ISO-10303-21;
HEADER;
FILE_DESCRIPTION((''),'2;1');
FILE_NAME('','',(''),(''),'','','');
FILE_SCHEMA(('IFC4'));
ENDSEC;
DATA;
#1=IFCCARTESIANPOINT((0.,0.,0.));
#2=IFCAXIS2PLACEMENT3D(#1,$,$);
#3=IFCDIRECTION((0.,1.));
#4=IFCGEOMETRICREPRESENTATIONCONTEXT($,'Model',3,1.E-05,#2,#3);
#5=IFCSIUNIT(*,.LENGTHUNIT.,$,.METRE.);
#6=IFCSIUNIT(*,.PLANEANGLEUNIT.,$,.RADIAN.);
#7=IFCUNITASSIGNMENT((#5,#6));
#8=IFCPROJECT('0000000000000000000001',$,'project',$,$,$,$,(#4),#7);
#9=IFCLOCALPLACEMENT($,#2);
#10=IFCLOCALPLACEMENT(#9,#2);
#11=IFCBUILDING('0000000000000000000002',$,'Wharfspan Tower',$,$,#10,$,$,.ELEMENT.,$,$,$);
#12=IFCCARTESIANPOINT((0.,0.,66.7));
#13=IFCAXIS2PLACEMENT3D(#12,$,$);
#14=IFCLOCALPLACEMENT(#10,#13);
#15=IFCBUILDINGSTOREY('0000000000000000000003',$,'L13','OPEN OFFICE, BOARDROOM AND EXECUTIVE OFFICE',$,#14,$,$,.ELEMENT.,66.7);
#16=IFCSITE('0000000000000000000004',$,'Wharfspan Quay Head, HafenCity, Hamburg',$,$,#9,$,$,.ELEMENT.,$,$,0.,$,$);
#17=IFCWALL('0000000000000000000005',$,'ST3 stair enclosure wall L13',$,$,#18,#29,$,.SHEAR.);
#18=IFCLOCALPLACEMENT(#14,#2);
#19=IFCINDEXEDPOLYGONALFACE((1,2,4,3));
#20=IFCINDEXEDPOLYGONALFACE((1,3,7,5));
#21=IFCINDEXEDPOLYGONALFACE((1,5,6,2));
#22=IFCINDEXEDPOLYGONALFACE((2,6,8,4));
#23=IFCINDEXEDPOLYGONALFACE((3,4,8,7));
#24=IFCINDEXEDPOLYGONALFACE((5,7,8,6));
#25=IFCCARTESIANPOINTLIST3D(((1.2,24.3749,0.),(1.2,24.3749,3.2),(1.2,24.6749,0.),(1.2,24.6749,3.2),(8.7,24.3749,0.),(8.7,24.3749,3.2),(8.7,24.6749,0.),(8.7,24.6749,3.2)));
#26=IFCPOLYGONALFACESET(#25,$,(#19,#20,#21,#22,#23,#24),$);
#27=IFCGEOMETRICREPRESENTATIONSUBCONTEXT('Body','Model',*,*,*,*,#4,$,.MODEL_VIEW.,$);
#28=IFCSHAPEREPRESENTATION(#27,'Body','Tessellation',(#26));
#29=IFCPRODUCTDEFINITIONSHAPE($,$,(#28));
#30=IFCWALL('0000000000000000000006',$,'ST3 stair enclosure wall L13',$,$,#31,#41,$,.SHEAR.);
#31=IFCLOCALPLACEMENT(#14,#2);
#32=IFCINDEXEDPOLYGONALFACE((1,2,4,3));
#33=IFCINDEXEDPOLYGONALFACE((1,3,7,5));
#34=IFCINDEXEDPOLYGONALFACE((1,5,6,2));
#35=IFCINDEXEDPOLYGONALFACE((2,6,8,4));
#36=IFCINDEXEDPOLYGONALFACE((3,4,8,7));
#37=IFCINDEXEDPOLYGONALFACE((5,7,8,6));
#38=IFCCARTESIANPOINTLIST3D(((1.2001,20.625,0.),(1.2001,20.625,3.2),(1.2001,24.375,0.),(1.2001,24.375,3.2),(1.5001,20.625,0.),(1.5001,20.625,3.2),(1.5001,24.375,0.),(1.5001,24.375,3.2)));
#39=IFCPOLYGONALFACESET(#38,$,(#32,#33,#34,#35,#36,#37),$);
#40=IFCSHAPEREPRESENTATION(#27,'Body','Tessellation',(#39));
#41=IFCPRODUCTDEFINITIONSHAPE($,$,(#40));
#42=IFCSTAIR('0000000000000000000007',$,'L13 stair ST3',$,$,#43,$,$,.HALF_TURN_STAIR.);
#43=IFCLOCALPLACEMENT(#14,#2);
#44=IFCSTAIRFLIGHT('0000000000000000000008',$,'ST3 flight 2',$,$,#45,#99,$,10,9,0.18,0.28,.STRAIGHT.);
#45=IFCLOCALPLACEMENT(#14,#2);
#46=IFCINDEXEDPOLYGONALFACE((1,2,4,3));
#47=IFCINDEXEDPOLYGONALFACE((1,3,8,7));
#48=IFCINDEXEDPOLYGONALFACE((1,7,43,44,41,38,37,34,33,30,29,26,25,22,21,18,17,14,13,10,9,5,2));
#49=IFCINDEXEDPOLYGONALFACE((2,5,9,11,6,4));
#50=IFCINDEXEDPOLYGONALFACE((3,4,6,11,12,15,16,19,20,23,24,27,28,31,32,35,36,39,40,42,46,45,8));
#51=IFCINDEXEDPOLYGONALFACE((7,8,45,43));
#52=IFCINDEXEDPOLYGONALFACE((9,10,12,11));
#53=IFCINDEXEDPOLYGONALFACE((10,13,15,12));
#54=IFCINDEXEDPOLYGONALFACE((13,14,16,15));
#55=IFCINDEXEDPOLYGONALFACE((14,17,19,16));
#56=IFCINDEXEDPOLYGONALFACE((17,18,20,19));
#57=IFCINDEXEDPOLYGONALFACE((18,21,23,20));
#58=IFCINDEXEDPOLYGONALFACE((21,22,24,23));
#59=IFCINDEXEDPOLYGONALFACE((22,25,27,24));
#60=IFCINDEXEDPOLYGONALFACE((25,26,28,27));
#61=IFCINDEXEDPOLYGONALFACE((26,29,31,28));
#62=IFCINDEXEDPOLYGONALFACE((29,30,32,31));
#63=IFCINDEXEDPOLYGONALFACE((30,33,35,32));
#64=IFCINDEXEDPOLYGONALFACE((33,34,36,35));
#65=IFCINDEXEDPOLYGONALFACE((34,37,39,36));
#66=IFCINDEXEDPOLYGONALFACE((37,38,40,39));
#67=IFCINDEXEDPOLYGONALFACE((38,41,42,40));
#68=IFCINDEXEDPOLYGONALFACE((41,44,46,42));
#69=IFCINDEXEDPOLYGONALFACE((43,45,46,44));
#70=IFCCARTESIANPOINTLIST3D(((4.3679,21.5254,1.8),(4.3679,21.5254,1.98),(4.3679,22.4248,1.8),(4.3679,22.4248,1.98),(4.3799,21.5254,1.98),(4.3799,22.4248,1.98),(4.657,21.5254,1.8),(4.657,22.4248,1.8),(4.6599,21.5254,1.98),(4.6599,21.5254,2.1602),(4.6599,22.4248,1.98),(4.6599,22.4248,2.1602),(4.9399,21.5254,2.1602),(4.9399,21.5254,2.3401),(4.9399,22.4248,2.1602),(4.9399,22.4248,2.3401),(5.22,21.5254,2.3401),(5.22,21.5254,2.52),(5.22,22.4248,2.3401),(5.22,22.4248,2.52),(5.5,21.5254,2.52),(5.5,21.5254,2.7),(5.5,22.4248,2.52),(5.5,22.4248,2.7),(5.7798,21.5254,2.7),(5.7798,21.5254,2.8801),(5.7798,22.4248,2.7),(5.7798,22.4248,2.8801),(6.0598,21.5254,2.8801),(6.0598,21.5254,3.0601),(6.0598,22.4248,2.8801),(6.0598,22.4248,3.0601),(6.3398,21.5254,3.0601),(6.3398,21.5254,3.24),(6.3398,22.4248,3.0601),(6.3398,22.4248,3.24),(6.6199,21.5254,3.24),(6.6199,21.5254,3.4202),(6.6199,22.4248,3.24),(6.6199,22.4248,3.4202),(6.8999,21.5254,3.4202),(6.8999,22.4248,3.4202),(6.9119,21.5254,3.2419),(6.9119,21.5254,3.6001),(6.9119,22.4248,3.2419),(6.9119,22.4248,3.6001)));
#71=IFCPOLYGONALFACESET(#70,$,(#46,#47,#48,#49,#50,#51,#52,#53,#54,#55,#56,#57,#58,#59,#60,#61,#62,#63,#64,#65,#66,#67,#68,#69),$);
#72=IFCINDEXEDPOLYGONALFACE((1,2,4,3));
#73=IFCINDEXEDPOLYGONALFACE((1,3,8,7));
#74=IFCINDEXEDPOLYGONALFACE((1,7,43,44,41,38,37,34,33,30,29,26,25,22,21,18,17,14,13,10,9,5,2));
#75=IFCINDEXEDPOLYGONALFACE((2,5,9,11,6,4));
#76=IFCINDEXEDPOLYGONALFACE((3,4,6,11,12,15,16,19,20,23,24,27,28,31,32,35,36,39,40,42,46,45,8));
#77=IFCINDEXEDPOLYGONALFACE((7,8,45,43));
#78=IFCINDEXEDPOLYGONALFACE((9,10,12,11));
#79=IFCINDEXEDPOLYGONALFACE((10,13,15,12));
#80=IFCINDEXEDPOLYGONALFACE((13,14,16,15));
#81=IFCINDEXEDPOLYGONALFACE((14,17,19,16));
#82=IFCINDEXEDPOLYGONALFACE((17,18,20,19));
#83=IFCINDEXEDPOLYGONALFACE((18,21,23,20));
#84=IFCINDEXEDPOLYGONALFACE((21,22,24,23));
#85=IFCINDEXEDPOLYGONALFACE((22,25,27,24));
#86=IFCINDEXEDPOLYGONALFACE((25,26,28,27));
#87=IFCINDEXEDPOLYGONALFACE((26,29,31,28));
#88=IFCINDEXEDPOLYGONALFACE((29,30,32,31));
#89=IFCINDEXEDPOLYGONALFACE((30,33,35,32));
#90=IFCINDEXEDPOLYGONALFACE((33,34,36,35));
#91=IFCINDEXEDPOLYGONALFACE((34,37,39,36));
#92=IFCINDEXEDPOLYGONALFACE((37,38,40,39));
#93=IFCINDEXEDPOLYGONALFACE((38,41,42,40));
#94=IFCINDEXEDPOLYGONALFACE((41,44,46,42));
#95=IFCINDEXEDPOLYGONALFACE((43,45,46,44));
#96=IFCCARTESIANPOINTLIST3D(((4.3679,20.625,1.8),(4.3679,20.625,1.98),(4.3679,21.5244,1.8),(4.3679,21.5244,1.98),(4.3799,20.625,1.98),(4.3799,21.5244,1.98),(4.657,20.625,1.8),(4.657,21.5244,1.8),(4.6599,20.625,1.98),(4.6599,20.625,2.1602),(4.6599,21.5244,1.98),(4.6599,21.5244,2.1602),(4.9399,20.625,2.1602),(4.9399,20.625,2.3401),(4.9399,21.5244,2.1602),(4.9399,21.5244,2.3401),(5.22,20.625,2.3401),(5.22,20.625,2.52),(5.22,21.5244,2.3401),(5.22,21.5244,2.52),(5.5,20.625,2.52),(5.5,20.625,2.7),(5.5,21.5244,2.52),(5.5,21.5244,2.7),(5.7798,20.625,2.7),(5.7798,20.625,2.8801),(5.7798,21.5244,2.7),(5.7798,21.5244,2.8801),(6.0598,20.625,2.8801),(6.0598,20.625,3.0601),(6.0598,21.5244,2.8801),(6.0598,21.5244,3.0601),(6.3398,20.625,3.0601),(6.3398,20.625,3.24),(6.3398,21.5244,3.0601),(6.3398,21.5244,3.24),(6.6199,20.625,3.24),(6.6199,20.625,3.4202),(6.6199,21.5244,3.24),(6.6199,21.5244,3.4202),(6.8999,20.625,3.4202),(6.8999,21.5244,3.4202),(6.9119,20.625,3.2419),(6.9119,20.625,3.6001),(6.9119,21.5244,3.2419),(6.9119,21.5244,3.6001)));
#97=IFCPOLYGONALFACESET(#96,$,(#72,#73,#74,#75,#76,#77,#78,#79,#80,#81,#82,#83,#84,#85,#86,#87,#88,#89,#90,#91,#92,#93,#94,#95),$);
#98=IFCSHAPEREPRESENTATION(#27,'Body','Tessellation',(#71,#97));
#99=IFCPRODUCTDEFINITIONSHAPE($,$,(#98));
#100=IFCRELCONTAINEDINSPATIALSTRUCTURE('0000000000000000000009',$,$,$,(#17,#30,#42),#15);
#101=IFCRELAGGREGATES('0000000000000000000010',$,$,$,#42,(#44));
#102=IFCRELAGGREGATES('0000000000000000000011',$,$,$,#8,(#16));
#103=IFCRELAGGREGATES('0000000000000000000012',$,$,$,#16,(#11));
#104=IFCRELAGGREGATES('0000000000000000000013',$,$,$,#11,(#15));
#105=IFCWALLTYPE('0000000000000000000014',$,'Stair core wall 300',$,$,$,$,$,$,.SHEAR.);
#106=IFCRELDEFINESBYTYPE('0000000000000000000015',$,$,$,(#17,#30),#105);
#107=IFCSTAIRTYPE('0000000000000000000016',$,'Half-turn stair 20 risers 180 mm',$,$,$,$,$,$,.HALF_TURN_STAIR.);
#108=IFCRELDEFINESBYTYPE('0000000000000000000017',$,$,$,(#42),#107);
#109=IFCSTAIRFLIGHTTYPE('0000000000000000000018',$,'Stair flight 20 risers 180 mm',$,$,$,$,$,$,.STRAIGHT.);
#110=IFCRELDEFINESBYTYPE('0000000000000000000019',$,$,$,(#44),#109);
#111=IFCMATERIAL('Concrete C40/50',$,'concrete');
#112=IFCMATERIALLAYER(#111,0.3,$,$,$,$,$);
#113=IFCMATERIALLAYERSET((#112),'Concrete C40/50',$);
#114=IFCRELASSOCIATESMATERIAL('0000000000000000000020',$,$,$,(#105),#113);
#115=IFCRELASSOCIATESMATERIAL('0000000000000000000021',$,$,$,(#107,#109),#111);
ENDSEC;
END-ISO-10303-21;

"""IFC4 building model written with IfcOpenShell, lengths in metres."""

from ifc_helpers import new_model, si_unit, direction, frame, frame_2d, origin, place, context, subcontext, project, spatial, polyline, rectangle, outline, extrude, material, layer, layer_set, type_object, element, aggregate, save


model = new_model("IFC4")

# Units and contexts
model_context = context("Model", 3, precision=1e-05, world=origin(), true_north=direction((0.0, 1.0)))
body_context = subcontext(model_context, "Body", "Model", "MODEL_VIEW")
ifc_project = project(units=[si_unit("LENGTHUNIT", "METRE"), si_unit("PLANEANGLEUNIT", "RADIAN")], contexts=[model_context])

# Site, building, storey
site_placement = place(None, origin())
site = spatial("IfcSite", under=ifc_project, at=site_placement, Name="Wharfspan Quay Head, HafenCity, Hamburg", CompositionType="ELEMENT", RefElevation=0.0)
building_placement = place(site_placement, origin())
building = spatial("IfcBuilding", under=site, at=building_placement, Name="Wharfspan Tower", CompositionType="ELEMENT")
storey_placement = place(building_placement, frame((0.0, 0.0, 66.7)))
storey = spatial("IfcBuildingStorey", under=building, at=storey_placement, Name="L13", Description="OPEN OFFICE, BOARDROOM AND EXECUTIVE OFFICE", CompositionType="ELEMENT", Elevation=66.7)

# Walls
ifc_material_1 = material(Name="Concrete C40/50", Category="concrete")
ifc_layer_1 = layer(ifc_material_1, 0.3)
ifc_layer_set_1 = layer_set([ifc_layer_1], Name="Concrete C40/50")
wall_type_1 = type_object("IfcWallType", Name="Stair core wall 300", PredefinedType="SHEAR", material=ifc_layer_set_1)
for number, where, z_axis, x_axis, name in (
    (1, (1.2, 24.5249, 0.0), (0.0, 0.0, 1.0), (1.0, 0.0, 0.0), "ST3 stair enclosure wall L13"),
):
    element("IfcWall", number, at=place(storey_placement, frame(where, z_axis=z_axis, x_axis=x_axis)), inside=storey, type_object=wall_type_1, Name=name, PredefinedType="SHEAR", context=body_context, shape_type="SweptSolid", body=[
        extrude(rectangle(XDim=7.5, YDim=0.3, at=frame_2d((3.75, 0.0))), origin(), (0.0, 0.0, 1.0), 3.2),
    ])
wall_1_placement = place(storey_placement, frame((1.3501, 20.625, 0.0), z_axis=(0.0, 0.0, 1.0), x_axis=(0.0, 1.0, 0.0)))
element("IfcWall", 2, at=wall_1_placement, inside=storey, type_object=wall_type_1, Name="ST3 stair enclosure wall L13", PredefinedType="SHEAR", context=body_context, shape_type="SweptSolid", body=[
    extrude(rectangle(XDim=3.75, YDim=0.3, at=frame_2d((1.875, 0.0))), origin(), (0.0, 0.0, 1.0), 3.2),
])

# Stair, stair flight
stair_type = type_object("IfcStairType", Name="Half-turn stair 20 risers 180 mm", PredefinedType="HALF_TURN_STAIR", material=ifc_material_1)
stair_placement = place(storey_placement, origin())
stair = element("IfcStair", 3, at=stair_placement, inside=storey, type_object=stair_type, Name="L13 stair ST3", PredefinedType="HALF_TURN_STAIR")
stair_flight_type = type_object("IfcStairFlightType", Name="Stair flight 20 risers 180 mm", PredefinedType="STRAIGHT", material=ifc_material_1)
stair_flight_placement = place(storey_placement, frame((4.3799, 21.5249, 1.8), z_axis=(0.0, 0.0, 1.0), x_axis=(1.0, 0.0, 0.0)))
stair_flight = element("IfcStairFlight", 4, at=stair_flight_placement, type_object=stair_flight_type, Name="ST3 flight 2", NumberOfRisers=10, NumberOfTreads=9, PredefinedType="STRAIGHT", RiserHeight=0.18, TreadLength=0.28, context=body_context, shape_type="SweptSolid", body=[
    extrude(outline(polyline([(-0.012, 0.0), (-0.012, 0.1799), (0.0, 0.1799), (0.28, 0.1799), (0.28, 0.3601), (0.5601, 0.3601), (0.5601, 0.54), (0.8401, 0.54), (0.8401, 0.72), (1.1201, 0.72), (1.1201, 0.8999), (1.3999, 0.8999), (1.3999, 1.0801), (1.6799, 1.0801), (1.6799, 1.26), (1.96, 1.26), (1.96, 1.4399), (2.24, 1.4399), (2.24, 1.6201), (2.52, 1.6201), (2.532, 1.8), (2.532, 1.4419), (0.2771, 0.0), (-0.012, 0.0)])), frame((0.0, 0.8999, 0.0), z_axis=(0.0, -1.0, 0.0), x_axis=(1.0, 0.0, 0.0)), (0.0, 0.0, 1.0), 0.8994),
    extrude(outline(polyline([(-0.012, 0.0), (-0.012, 0.1799), (0.0, 0.1799), (0.28, 0.1799), (0.28, 0.3601), (0.5601, 0.3601), (0.5601, 0.54), (0.8401, 0.54), (0.8401, 0.72), (1.1201, 0.72), (1.1201, 0.8999), (1.3999, 0.8999), (1.3999, 1.0801), (1.6799, 1.0801), (1.6799, 1.26), (1.96, 1.26), (1.96, 1.4399), (2.24, 1.4399), (2.24, 1.6201), (2.52, 1.6201), (2.532, 1.8), (2.532, 1.4419), (0.2771, 0.0), (-0.012, 0.0)])), frame((0.0, -0.0005, 0.0), z_axis=(0.0, -1.0, 0.0), x_axis=(1.0, 0.0, 0.0)), (0.0, 0.0, 1.0), 0.8994),
])
aggregate(stair, [stair_flight])

save(model, "model.ifc")
